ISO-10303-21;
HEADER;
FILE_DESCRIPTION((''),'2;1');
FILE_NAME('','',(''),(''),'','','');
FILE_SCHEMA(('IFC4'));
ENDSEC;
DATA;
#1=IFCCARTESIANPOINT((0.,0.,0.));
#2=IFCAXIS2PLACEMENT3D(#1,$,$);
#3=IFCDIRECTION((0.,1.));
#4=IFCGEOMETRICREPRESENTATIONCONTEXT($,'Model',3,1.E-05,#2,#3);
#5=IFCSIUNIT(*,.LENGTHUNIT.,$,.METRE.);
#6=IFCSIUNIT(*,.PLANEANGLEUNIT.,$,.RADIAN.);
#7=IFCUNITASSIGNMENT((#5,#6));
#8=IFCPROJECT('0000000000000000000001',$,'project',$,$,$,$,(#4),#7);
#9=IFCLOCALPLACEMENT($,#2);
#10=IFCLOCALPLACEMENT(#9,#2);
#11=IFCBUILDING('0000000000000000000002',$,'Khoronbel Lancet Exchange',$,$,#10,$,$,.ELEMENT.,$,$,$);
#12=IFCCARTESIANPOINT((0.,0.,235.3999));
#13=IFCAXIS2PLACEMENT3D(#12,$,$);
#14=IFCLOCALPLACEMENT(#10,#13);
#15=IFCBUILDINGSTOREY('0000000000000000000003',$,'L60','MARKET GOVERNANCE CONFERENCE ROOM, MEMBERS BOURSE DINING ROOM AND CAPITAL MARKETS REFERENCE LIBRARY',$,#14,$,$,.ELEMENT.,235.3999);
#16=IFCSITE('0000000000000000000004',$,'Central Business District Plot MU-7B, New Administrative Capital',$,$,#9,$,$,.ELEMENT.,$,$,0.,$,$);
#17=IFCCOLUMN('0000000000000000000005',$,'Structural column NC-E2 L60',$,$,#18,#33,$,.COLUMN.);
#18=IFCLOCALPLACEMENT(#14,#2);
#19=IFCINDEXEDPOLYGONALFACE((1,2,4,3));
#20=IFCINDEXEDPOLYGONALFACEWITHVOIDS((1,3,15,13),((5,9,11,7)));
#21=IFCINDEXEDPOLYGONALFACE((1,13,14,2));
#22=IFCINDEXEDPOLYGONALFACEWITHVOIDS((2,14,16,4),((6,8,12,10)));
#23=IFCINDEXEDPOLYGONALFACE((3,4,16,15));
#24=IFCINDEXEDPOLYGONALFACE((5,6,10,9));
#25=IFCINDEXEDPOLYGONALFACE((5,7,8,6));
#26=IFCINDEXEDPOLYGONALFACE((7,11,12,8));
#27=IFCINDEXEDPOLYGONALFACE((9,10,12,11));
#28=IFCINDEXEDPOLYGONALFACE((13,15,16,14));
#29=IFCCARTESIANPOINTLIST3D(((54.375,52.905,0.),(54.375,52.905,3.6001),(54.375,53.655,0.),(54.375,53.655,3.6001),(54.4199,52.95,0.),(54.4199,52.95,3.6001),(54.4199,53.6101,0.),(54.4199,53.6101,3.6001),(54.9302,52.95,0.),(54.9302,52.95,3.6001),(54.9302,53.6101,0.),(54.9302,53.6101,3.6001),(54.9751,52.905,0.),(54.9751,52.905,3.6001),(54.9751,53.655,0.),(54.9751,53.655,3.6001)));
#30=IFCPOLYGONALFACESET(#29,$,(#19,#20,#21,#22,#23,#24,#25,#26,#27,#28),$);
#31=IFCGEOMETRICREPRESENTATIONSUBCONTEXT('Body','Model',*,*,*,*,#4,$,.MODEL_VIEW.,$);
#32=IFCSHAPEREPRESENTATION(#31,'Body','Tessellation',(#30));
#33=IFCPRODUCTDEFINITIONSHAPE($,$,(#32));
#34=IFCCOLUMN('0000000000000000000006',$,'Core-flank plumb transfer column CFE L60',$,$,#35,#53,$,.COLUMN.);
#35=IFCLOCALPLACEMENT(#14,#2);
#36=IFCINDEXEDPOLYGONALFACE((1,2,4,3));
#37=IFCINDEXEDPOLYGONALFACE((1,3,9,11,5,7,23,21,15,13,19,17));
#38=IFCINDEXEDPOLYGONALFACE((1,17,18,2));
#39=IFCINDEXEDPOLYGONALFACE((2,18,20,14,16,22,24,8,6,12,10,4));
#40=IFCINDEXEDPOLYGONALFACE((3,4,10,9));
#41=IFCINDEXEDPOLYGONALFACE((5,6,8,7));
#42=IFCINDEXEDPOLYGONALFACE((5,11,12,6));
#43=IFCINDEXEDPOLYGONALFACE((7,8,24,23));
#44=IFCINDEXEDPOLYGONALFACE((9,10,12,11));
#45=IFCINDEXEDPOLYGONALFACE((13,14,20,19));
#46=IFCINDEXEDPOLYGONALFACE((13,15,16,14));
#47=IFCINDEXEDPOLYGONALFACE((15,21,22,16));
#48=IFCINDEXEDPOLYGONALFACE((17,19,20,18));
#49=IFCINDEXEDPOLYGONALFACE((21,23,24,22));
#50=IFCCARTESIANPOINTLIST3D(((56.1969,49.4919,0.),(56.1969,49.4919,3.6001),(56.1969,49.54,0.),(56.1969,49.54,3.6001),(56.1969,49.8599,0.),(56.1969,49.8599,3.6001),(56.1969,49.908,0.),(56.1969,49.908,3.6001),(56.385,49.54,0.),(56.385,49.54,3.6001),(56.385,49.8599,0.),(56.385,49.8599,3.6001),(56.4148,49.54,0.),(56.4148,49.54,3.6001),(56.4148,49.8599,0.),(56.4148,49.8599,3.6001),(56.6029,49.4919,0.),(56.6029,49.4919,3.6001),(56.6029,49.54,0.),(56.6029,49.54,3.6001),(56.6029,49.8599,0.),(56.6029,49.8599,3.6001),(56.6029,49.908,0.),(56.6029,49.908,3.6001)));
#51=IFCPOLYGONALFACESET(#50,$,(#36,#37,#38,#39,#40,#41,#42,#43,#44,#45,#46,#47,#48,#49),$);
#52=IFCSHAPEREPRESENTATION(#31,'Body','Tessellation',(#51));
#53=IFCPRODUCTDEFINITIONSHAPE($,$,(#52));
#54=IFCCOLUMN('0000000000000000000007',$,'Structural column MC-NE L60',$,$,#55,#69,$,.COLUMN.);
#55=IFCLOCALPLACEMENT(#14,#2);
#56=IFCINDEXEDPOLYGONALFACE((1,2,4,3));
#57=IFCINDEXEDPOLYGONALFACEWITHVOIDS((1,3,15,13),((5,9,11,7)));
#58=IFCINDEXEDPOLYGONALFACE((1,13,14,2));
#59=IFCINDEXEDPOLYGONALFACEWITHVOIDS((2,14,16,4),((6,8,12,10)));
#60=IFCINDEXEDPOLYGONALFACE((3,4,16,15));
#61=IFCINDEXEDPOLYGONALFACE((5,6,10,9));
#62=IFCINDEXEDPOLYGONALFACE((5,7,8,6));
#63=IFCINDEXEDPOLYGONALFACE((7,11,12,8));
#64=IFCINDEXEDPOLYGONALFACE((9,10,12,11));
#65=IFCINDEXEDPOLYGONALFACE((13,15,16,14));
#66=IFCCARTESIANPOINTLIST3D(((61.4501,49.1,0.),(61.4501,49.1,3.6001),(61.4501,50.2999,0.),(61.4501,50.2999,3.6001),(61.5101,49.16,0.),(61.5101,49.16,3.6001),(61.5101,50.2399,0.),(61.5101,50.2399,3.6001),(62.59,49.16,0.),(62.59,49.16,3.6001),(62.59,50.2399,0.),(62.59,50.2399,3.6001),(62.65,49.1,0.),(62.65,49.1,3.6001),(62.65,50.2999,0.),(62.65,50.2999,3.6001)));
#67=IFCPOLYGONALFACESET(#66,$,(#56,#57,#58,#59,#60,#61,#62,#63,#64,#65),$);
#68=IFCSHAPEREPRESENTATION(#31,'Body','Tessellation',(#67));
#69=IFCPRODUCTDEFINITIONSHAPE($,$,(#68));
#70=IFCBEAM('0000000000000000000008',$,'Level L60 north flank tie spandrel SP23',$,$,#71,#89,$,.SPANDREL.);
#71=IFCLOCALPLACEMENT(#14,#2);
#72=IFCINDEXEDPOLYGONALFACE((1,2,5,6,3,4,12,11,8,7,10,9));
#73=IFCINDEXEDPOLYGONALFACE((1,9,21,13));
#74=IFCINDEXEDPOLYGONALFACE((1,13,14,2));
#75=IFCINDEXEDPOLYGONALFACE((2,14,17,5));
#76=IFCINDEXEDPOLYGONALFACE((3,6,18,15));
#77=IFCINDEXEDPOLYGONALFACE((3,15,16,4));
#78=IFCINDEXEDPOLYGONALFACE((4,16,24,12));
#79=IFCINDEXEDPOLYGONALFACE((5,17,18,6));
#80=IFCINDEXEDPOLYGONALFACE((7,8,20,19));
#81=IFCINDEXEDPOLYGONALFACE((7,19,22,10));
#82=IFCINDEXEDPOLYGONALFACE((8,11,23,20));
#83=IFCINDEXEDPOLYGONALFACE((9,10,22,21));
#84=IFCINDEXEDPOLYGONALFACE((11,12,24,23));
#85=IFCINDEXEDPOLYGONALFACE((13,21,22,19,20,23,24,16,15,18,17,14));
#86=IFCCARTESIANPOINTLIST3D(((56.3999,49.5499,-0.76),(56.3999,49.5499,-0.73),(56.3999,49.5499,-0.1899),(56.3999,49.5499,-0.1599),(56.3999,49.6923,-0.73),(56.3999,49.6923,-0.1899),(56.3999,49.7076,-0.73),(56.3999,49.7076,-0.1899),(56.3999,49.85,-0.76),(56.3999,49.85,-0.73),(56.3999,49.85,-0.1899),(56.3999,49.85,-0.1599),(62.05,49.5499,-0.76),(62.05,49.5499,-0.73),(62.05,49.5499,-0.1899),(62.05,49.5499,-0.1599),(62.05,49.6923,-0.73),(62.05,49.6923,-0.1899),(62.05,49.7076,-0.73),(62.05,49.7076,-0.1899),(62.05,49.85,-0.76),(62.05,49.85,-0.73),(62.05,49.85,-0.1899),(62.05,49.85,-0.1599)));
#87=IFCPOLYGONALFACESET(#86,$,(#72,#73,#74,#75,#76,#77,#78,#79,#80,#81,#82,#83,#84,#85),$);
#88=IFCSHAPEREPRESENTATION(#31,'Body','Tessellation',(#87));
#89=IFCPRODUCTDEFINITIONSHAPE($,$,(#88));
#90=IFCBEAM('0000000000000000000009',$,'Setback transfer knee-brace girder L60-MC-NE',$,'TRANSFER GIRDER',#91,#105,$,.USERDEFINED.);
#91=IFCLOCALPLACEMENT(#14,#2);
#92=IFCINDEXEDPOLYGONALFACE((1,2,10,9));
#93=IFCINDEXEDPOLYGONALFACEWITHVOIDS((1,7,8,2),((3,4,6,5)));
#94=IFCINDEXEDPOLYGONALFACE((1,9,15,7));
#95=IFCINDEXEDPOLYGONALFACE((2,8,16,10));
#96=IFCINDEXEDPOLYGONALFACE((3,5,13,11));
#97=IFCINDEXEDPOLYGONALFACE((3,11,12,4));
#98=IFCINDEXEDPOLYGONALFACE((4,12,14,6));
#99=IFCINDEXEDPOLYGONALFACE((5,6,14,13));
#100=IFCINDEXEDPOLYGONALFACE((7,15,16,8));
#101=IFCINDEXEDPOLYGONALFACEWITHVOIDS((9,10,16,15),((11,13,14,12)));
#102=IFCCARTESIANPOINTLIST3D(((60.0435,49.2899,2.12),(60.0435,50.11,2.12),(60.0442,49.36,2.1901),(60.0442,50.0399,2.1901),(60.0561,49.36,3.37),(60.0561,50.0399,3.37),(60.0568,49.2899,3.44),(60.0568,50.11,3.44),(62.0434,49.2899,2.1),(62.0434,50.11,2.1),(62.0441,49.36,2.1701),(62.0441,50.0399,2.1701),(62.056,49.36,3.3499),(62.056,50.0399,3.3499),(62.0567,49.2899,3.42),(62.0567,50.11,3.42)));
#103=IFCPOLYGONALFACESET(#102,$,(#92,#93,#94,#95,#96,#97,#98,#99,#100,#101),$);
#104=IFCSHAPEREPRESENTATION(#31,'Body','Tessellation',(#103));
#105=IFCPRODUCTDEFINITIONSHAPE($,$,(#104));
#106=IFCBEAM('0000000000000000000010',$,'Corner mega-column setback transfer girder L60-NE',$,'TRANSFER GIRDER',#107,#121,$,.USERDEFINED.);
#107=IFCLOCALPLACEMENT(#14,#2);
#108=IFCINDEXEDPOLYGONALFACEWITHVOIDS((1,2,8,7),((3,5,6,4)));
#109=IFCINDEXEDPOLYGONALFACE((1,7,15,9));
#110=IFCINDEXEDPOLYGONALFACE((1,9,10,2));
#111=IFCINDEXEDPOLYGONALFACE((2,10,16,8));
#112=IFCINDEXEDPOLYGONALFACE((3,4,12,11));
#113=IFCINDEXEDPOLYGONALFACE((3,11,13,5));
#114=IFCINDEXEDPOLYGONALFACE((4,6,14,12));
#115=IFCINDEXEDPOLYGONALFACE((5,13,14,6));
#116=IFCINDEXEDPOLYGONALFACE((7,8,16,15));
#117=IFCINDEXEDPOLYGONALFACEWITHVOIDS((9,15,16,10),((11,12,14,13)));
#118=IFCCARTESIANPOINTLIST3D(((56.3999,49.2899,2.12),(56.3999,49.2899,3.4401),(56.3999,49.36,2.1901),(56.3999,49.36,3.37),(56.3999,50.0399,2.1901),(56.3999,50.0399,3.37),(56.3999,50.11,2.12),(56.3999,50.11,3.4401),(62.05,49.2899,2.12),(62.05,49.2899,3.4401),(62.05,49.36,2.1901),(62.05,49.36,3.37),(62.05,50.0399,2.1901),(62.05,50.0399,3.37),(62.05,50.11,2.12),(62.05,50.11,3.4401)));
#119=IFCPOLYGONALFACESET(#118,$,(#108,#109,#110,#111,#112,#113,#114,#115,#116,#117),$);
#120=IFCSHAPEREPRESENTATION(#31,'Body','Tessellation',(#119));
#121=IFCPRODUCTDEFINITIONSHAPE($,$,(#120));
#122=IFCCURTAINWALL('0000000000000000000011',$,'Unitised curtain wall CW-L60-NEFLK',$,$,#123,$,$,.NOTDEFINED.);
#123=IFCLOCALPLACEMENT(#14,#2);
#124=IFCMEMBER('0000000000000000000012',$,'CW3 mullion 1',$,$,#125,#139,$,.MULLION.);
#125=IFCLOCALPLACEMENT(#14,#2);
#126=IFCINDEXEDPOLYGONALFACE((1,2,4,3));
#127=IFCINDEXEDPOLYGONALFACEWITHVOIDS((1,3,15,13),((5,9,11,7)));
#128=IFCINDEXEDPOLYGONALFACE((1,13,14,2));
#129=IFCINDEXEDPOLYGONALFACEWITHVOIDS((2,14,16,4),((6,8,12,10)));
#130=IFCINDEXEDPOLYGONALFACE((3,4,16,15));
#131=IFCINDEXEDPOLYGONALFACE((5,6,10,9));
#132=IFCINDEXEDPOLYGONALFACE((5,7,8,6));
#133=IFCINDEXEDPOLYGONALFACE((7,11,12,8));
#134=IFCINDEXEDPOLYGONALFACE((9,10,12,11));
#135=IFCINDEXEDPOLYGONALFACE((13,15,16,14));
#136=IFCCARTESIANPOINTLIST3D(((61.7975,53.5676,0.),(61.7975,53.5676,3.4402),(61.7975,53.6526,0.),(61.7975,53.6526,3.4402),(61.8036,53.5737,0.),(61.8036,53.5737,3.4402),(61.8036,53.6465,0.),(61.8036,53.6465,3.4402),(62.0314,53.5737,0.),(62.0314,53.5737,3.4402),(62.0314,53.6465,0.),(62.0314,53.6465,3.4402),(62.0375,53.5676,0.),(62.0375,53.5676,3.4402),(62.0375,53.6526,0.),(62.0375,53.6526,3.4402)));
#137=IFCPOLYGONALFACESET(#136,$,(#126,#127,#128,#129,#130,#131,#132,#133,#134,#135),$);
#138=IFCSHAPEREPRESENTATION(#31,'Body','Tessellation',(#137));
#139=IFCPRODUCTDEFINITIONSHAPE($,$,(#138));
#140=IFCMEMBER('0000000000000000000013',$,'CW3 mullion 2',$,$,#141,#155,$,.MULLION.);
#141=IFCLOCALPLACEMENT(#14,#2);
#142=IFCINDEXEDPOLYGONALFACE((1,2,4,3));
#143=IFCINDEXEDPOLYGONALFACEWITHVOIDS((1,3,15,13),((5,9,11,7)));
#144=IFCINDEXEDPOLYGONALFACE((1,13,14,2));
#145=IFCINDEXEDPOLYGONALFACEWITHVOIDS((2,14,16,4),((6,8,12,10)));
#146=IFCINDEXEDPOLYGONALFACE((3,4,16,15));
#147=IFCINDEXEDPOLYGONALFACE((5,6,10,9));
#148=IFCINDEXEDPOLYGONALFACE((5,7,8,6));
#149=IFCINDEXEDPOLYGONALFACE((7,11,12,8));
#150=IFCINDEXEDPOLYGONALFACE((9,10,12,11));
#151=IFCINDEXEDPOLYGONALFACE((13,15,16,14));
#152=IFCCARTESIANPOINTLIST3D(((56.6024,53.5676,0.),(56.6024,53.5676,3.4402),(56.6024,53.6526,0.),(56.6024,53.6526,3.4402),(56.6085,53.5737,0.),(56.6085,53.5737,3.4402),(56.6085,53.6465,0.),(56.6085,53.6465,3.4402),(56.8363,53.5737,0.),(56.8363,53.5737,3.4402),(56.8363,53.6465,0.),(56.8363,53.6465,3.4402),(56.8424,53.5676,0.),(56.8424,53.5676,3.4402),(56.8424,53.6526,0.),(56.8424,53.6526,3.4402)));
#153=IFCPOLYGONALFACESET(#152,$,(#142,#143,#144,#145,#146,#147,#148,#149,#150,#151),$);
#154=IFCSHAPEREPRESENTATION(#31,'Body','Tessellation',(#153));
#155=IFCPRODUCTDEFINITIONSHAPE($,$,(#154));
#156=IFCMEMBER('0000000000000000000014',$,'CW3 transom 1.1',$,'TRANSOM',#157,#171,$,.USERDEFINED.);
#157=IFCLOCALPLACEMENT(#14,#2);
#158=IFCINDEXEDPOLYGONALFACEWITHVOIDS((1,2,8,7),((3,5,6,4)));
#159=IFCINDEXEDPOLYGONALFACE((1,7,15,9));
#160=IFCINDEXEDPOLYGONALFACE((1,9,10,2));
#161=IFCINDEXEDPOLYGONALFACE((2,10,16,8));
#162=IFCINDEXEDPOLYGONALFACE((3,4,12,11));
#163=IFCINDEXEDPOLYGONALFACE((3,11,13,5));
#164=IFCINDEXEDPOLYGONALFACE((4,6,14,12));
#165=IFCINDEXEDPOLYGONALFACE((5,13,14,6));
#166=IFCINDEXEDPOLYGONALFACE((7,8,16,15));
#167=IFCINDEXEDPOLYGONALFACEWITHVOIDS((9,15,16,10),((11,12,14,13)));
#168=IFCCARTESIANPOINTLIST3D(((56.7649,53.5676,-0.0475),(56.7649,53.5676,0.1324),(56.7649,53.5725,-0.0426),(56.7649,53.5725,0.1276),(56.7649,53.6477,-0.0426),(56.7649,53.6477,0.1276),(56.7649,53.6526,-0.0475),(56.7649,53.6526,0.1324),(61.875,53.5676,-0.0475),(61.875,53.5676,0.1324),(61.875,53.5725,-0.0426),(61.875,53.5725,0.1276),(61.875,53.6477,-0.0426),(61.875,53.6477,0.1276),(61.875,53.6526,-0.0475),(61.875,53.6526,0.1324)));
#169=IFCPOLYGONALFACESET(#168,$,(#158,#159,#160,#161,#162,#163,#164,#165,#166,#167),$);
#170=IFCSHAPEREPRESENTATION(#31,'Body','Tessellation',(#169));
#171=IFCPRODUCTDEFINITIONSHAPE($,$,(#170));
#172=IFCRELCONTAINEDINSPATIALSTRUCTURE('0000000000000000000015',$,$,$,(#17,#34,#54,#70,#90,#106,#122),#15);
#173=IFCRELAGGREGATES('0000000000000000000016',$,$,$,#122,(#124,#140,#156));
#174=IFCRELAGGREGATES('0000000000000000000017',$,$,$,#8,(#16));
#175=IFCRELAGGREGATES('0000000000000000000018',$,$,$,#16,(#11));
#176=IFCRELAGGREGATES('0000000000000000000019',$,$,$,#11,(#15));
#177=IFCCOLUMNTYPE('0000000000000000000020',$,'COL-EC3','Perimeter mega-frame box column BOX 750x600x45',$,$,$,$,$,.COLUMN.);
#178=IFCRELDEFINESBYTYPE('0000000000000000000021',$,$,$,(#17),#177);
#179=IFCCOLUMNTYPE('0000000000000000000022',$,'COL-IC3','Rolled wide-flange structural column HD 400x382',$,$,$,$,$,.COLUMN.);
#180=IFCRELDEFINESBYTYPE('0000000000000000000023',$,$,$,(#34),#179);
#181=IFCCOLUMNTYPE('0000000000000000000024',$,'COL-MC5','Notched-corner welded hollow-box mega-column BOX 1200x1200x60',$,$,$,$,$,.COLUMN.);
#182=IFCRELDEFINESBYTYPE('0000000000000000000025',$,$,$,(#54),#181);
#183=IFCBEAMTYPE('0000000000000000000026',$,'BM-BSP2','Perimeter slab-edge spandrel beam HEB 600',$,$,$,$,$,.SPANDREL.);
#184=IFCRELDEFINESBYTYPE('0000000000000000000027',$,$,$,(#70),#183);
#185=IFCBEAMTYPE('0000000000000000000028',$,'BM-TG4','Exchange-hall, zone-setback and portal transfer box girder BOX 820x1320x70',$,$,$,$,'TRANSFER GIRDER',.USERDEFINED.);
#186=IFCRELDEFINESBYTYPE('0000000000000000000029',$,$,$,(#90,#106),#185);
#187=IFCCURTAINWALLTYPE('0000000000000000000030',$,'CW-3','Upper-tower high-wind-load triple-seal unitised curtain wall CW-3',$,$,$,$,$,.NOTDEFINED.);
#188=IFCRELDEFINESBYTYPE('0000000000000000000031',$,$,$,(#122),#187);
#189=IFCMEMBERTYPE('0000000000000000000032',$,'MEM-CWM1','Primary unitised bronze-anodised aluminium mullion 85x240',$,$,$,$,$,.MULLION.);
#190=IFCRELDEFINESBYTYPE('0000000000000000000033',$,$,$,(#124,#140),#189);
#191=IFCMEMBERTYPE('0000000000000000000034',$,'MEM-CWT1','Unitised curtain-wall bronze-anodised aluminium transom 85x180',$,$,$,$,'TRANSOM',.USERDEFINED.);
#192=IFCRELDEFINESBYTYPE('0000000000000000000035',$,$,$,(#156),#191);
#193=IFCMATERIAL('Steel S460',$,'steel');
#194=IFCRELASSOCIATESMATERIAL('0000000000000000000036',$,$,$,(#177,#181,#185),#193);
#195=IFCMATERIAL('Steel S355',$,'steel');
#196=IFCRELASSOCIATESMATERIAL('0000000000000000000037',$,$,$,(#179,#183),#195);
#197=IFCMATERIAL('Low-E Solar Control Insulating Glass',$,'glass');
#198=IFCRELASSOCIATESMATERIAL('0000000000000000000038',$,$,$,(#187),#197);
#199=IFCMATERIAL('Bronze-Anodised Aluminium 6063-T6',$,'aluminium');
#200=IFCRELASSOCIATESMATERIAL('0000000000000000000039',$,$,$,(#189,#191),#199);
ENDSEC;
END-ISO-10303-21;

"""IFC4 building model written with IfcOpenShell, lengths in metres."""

from ifc_helpers import new_model, si_unit, direction, frame, origin, origin_2d, place, context, subcontext, project, spatial, hollow_rectangle, i_section, extrude, material, material_profile, profile_set, type_object, element, aggregate, save


model = new_model("IFC4")

# Units and contexts
model_context = context("Model", 3, precision=1e-05, world=origin(), true_north=direction((0.0, 1.0)))
body_context = subcontext(model_context, "Body", "Model", "MODEL_VIEW")
ifc_project = project(units=[si_unit("LENGTHUNIT", "METRE"), si_unit("PLANEANGLEUNIT", "RADIAN")], contexts=[model_context])

# Site, building, storey
site_placement = place(None, origin())
site = spatial("IfcSite", under=ifc_project, at=site_placement, Name="Central Business District Plot MU-7B, New Administrative Capital", CompositionType="ELEMENT", RefElevation=0.0)
building_placement = place(site_placement, origin())
building = spatial("IfcBuilding", under=site, at=building_placement, Name="Khoronbel Lancet Exchange", CompositionType="ELEMENT")
storey_placement = place(building_placement, frame((0.0, 0.0, 235.3999)))
storey = spatial("IfcBuildingStorey", under=building, at=storey_placement, Name="L60", Description="MARKET GOVERNANCE CONFERENCE ROOM, MEMBERS BOURSE DINING ROOM AND CAPITAL MARKETS REFERENCE LIBRARY", CompositionType="ELEMENT", Elevation=235.3999)

# Columns
ifc_material_1 = material(Name="Steel S460", Category="steel")
ifc_material_profile_1 = material_profile(ifc_material_1, hollow_rectangle(XDim=0.6001, YDim=0.75, WallThickness=0.0449, at=origin_2d()), Name="BOX 750x600x45")
ifc_profile_set_1 = profile_set([ifc_material_profile_1], Name="Steel S460")
column_type_1 = type_object("IfcColumnType", Name="COL-EC3", Description="Perimeter mega-frame box column BOX 750x600x45", PredefinedType="COLUMN", material=ifc_profile_set_1)
column_1_placement = place(storey_placement, frame((54.675, 53.28, 0.0), z_axis=(0.0, 0.0, 1.0), x_axis=(1.0, 0.0, 0.0)))
element("IfcColumn", 1, at=column_1_placement, inside=storey, type_object=column_type_1, Name="Structural column NC-E2 L60", PredefinedType="COLUMN", context=body_context, shape_type="SweptSolid", body=[
    extrude(hollow_rectangle(XDim=0.6001, YDim=0.75, WallThickness=0.0449, at=origin_2d()), origin(), (0.0, 0.0, 1.0), 3.6001),
])
ifc_material_2 = material(Name="Steel S355", Category="steel")
ifc_material_profile_2 = material_profile(ifc_material_2, i_section(OverallWidth=0.406, OverallDepth=0.416, WebThickness=0.0298, FlangeThickness=0.0481, at=origin_2d()), Name="HD 400x382")
ifc_profile_set_2 = profile_set([ifc_material_profile_2], Name="Steel S355")
column_type_2 = type_object("IfcColumnType", Name="COL-IC3", Description="Rolled wide-flange structural column HD 400x382", PredefinedType="COLUMN", material=ifc_profile_set_2)
column_2_placement = place(storey_placement, frame((56.3999, 49.7, 0.0), z_axis=(0.0, 0.0, 1.0), x_axis=(1.0, 0.0, 0.0)))
element("IfcColumn", 2, at=column_2_placement, inside=storey, type_object=column_type_2, Name="Core-flank plumb transfer column CFE L60", PredefinedType="COLUMN", context=body_context, shape_type="SweptSolid", body=[
    extrude(i_section(OverallWidth=0.406, OverallDepth=0.416, WebThickness=0.0298, FlangeThickness=0.0481, at=origin_2d()), origin(), (0.0, 0.0, 1.0), 3.6001),
])
ifc_material_profile_3 = material_profile(ifc_material_1, hollow_rectangle(XDim=1.2, YDim=1.2, WallThickness=0.0601, at=origin_2d()), Name="BOX 1200x1200x60")
ifc_profile_set_3 = profile_set([ifc_material_profile_3], Name="Steel S460")
column_type_3 = type_object("IfcColumnType", Name="COL-MC5", Description="Notched-corner welded hollow-box mega-column BOX 1200x1200x60", PredefinedType="COLUMN", material=ifc_profile_set_3)
column_3_placement = place(storey_placement, frame((62.05, 49.7, 0.0), z_axis=(0.0, 0.0, 1.0), x_axis=(1.0, 0.0, 0.0)))
element("IfcColumn", 3, at=column_3_placement, inside=storey, type_object=column_type_3, Name="Structural column MC-NE L60", PredefinedType="COLUMN", context=body_context, shape_type="SweptSolid", body=[
    extrude(hollow_rectangle(XDim=1.2, YDim=1.2, WallThickness=0.0601, at=origin_2d()), origin(), (0.0, 0.0, 1.0), 3.6001),
])

# Beams
ifc_material_profile_4 = material_profile(ifc_material_2, i_section(OverallWidth=0.3, OverallDepth=0.6001, WebThickness=0.0154, FlangeThickness=0.03, at=origin_2d()), Name="HEB 600")
ifc_profile_set_4 = profile_set([ifc_material_profile_4], Name="Steel S355")
beam_type_1 = type_object("IfcBeamType", Name="BM-BSP2", Description="Perimeter slab-edge spandrel beam HEB 600", PredefinedType="SPANDREL", material=ifc_profile_set_4)
beam_1_placement = place(storey_placement, frame((62.05, 49.7, -0.46), z_axis=(-1.0, 0.0, 0.0), x_axis=(0.0, -1.0, 0.0)))
element("IfcBeam", 4, at=beam_1_placement, inside=storey, type_object=beam_type_1, Name="Level L60 north flank tie spandrel SP23", PredefinedType="SPANDREL", context=body_context, shape_type="SweptSolid", body=[
    extrude(i_section(OverallWidth=0.3, OverallDepth=0.6001, WebThickness=0.0154, FlangeThickness=0.03, at=origin_2d()), origin(), (0.0, 0.0, 1.0), 5.6501),
])
ifc_material_profile_5 = material_profile(ifc_material_1, hollow_rectangle(XDim=0.8201, YDim=1.3201, WallThickness=0.0701, at=origin_2d()), Name="BOX 820x1320x70")
ifc_profile_set_5 = profile_set([ifc_material_profile_5], Name="Steel S460")
beam_type_2 = type_object("IfcBeamType", Name="BM-TG4", Description="Exchange-hall, zone-setback and portal transfer box girder BOX 820x1320x70", ElementType="TRANSFER GIRDER", PredefinedType="USERDEFINED", material=ifc_profile_set_5)
beam_2_placement = place(storey_placement, frame((62.05, 49.7, 2.76), z_axis=(-0.99995, 0.0, 0.010009), x_axis=(0.0, -1.0, 0.0)))
element("IfcBeam", 5, at=beam_2_placement, inside=storey, type_object=beam_type_2, Name="Setback transfer knee-brace girder L60-MC-NE", ObjectType="TRANSFER GIRDER", PredefinedType="USERDEFINED", context=body_context, shape_type="SweptSolid", body=[
    extrude(hollow_rectangle(XDim=0.8201, YDim=1.3201, WallThickness=0.0701, at=origin_2d()), origin(), (0.0, 0.0, 1.0), 2.0),
])
beam_3_placement = place(storey_placement, frame((56.3999, 49.7, 2.78), z_axis=(1.0, 0.0, 0.0), x_axis=(0.0, 1.0, 0.0)))
element("IfcBeam", 6, at=beam_3_placement, inside=storey, type_object=beam_type_2, Name="Corner mega-column setback transfer girder L60-NE", ObjectType="TRANSFER GIRDER", PredefinedType="USERDEFINED", context=body_context, shape_type="SweptSolid", body=[
    extrude(hollow_rectangle(XDim=0.8201, YDim=1.3201, WallThickness=0.0701, at=origin_2d()), origin(), (0.0, 0.0, 1.0), 5.6501),
])

# Curtain wall, members
ifc_material_3 = material(Name="Low-E Solar Control Insulating Glass", Category="glass")
curtain_wall_type = type_object("IfcCurtainWallType", Name="CW-3", Description="Upper-tower high-wind-load triple-seal unitised curtain wall CW-3", PredefinedType="NOTDEFINED", material=ifc_material_3)
curtain_wall_placement = place(storey_placement, origin())
curtain_wall = element("IfcCurtainWall", 7, at=curtain_wall_placement, inside=storey, type_object=curtain_wall_type, Name="Unitised curtain wall CW-L60-NEFLK", PredefinedType="NOTDEFINED")
ifc_material_4 = material(Name="Bronze-Anodised Aluminium 6063-T6", Category="aluminium")
ifc_material_profile_6 = material_profile(ifc_material_4, hollow_rectangle(XDim=0.085, YDim=0.24, WallThickness=0.0061, at=origin_2d()), Name="ALU MULLION 85x240")
ifc_profile_set_6 = profile_set([ifc_material_profile_6], Name="Bronze-Anodised Aluminium 6063-T6")
member_type_1 = type_object("IfcMemberType", Name="MEM-CWM1", Description="Primary unitised bronze-anodised aluminium mullion 85x240", PredefinedType="MULLION", material=ifc_profile_set_6)
member_1_placement = place(storey_placement, frame((61.9175, 53.6101, 0.0), z_axis=(0.0, 0.0, 1.0), x_axis=(0.0, -1.0, 0.0)))
member_1 = element("IfcMember", 8, at=member_1_placement, type_object=member_type_1, Name="CW3 mullion 1", PredefinedType="MULLION", context=body_context, shape_type="SweptSolid", body=[
    extrude(hollow_rectangle(XDim=0.085, YDim=0.24, WallThickness=0.0061, at=origin_2d()), origin(), (0.0, 0.0, 1.0), 3.4402),
])
member_2_placement = place(storey_placement, frame((56.7224, 53.6101, 0.0), z_axis=(0.0, 0.0, 1.0), x_axis=(0.0, -1.0, 0.0)))
member_2 = element("IfcMember", 9, at=member_2_placement, type_object=member_type_1, Name="CW3 mullion 2", PredefinedType="MULLION", context=body_context, shape_type="SweptSolid", body=[
    extrude(hollow_rectangle(XDim=0.085, YDim=0.24, WallThickness=0.0061, at=origin_2d()), origin(), (0.0, 0.0, 1.0), 3.4402),
])
ifc_material_profile_7 = material_profile(ifc_material_4, hollow_rectangle(XDim=0.085, YDim=0.1799, WallThickness=0.0049, at=origin_2d()), Name="ALU TRANSOM 85x180")
ifc_profile_set_7 = profile_set([ifc_material_profile_7], Name="Bronze-Anodised Aluminium 6063-T6")
member_type_2 = type_object("IfcMemberType", Name="MEM-CWT1", Description="Unitised curtain-wall bronze-anodised aluminium transom 85x180", ElementType="TRANSOM", PredefinedType="USERDEFINED", material=ifc_profile_set_7)
member_3_placement = place(storey_placement, frame((61.875, 53.6101, 0.0425), z_axis=(-1.0, 0.0, 0.0), x_axis=(0.0, -1.0, 0.0)))
member_3 = element("IfcMember", 10, at=member_3_placement, type_object=member_type_2, Name="CW3 transom 1.1", ObjectType="TRANSOM", PredefinedType="USERDEFINED", context=body_context, shape_type="SweptSolid", body=[
    extrude(hollow_rectangle(XDim=0.085, YDim=0.1799, WallThickness=0.0049, at=origin_2d()), origin(), (0.0, 0.0, 1.0), 5.1101),
])
aggregate(curtain_wall, [member_1, member_2, member_3])

save(model, "model.ifc")
